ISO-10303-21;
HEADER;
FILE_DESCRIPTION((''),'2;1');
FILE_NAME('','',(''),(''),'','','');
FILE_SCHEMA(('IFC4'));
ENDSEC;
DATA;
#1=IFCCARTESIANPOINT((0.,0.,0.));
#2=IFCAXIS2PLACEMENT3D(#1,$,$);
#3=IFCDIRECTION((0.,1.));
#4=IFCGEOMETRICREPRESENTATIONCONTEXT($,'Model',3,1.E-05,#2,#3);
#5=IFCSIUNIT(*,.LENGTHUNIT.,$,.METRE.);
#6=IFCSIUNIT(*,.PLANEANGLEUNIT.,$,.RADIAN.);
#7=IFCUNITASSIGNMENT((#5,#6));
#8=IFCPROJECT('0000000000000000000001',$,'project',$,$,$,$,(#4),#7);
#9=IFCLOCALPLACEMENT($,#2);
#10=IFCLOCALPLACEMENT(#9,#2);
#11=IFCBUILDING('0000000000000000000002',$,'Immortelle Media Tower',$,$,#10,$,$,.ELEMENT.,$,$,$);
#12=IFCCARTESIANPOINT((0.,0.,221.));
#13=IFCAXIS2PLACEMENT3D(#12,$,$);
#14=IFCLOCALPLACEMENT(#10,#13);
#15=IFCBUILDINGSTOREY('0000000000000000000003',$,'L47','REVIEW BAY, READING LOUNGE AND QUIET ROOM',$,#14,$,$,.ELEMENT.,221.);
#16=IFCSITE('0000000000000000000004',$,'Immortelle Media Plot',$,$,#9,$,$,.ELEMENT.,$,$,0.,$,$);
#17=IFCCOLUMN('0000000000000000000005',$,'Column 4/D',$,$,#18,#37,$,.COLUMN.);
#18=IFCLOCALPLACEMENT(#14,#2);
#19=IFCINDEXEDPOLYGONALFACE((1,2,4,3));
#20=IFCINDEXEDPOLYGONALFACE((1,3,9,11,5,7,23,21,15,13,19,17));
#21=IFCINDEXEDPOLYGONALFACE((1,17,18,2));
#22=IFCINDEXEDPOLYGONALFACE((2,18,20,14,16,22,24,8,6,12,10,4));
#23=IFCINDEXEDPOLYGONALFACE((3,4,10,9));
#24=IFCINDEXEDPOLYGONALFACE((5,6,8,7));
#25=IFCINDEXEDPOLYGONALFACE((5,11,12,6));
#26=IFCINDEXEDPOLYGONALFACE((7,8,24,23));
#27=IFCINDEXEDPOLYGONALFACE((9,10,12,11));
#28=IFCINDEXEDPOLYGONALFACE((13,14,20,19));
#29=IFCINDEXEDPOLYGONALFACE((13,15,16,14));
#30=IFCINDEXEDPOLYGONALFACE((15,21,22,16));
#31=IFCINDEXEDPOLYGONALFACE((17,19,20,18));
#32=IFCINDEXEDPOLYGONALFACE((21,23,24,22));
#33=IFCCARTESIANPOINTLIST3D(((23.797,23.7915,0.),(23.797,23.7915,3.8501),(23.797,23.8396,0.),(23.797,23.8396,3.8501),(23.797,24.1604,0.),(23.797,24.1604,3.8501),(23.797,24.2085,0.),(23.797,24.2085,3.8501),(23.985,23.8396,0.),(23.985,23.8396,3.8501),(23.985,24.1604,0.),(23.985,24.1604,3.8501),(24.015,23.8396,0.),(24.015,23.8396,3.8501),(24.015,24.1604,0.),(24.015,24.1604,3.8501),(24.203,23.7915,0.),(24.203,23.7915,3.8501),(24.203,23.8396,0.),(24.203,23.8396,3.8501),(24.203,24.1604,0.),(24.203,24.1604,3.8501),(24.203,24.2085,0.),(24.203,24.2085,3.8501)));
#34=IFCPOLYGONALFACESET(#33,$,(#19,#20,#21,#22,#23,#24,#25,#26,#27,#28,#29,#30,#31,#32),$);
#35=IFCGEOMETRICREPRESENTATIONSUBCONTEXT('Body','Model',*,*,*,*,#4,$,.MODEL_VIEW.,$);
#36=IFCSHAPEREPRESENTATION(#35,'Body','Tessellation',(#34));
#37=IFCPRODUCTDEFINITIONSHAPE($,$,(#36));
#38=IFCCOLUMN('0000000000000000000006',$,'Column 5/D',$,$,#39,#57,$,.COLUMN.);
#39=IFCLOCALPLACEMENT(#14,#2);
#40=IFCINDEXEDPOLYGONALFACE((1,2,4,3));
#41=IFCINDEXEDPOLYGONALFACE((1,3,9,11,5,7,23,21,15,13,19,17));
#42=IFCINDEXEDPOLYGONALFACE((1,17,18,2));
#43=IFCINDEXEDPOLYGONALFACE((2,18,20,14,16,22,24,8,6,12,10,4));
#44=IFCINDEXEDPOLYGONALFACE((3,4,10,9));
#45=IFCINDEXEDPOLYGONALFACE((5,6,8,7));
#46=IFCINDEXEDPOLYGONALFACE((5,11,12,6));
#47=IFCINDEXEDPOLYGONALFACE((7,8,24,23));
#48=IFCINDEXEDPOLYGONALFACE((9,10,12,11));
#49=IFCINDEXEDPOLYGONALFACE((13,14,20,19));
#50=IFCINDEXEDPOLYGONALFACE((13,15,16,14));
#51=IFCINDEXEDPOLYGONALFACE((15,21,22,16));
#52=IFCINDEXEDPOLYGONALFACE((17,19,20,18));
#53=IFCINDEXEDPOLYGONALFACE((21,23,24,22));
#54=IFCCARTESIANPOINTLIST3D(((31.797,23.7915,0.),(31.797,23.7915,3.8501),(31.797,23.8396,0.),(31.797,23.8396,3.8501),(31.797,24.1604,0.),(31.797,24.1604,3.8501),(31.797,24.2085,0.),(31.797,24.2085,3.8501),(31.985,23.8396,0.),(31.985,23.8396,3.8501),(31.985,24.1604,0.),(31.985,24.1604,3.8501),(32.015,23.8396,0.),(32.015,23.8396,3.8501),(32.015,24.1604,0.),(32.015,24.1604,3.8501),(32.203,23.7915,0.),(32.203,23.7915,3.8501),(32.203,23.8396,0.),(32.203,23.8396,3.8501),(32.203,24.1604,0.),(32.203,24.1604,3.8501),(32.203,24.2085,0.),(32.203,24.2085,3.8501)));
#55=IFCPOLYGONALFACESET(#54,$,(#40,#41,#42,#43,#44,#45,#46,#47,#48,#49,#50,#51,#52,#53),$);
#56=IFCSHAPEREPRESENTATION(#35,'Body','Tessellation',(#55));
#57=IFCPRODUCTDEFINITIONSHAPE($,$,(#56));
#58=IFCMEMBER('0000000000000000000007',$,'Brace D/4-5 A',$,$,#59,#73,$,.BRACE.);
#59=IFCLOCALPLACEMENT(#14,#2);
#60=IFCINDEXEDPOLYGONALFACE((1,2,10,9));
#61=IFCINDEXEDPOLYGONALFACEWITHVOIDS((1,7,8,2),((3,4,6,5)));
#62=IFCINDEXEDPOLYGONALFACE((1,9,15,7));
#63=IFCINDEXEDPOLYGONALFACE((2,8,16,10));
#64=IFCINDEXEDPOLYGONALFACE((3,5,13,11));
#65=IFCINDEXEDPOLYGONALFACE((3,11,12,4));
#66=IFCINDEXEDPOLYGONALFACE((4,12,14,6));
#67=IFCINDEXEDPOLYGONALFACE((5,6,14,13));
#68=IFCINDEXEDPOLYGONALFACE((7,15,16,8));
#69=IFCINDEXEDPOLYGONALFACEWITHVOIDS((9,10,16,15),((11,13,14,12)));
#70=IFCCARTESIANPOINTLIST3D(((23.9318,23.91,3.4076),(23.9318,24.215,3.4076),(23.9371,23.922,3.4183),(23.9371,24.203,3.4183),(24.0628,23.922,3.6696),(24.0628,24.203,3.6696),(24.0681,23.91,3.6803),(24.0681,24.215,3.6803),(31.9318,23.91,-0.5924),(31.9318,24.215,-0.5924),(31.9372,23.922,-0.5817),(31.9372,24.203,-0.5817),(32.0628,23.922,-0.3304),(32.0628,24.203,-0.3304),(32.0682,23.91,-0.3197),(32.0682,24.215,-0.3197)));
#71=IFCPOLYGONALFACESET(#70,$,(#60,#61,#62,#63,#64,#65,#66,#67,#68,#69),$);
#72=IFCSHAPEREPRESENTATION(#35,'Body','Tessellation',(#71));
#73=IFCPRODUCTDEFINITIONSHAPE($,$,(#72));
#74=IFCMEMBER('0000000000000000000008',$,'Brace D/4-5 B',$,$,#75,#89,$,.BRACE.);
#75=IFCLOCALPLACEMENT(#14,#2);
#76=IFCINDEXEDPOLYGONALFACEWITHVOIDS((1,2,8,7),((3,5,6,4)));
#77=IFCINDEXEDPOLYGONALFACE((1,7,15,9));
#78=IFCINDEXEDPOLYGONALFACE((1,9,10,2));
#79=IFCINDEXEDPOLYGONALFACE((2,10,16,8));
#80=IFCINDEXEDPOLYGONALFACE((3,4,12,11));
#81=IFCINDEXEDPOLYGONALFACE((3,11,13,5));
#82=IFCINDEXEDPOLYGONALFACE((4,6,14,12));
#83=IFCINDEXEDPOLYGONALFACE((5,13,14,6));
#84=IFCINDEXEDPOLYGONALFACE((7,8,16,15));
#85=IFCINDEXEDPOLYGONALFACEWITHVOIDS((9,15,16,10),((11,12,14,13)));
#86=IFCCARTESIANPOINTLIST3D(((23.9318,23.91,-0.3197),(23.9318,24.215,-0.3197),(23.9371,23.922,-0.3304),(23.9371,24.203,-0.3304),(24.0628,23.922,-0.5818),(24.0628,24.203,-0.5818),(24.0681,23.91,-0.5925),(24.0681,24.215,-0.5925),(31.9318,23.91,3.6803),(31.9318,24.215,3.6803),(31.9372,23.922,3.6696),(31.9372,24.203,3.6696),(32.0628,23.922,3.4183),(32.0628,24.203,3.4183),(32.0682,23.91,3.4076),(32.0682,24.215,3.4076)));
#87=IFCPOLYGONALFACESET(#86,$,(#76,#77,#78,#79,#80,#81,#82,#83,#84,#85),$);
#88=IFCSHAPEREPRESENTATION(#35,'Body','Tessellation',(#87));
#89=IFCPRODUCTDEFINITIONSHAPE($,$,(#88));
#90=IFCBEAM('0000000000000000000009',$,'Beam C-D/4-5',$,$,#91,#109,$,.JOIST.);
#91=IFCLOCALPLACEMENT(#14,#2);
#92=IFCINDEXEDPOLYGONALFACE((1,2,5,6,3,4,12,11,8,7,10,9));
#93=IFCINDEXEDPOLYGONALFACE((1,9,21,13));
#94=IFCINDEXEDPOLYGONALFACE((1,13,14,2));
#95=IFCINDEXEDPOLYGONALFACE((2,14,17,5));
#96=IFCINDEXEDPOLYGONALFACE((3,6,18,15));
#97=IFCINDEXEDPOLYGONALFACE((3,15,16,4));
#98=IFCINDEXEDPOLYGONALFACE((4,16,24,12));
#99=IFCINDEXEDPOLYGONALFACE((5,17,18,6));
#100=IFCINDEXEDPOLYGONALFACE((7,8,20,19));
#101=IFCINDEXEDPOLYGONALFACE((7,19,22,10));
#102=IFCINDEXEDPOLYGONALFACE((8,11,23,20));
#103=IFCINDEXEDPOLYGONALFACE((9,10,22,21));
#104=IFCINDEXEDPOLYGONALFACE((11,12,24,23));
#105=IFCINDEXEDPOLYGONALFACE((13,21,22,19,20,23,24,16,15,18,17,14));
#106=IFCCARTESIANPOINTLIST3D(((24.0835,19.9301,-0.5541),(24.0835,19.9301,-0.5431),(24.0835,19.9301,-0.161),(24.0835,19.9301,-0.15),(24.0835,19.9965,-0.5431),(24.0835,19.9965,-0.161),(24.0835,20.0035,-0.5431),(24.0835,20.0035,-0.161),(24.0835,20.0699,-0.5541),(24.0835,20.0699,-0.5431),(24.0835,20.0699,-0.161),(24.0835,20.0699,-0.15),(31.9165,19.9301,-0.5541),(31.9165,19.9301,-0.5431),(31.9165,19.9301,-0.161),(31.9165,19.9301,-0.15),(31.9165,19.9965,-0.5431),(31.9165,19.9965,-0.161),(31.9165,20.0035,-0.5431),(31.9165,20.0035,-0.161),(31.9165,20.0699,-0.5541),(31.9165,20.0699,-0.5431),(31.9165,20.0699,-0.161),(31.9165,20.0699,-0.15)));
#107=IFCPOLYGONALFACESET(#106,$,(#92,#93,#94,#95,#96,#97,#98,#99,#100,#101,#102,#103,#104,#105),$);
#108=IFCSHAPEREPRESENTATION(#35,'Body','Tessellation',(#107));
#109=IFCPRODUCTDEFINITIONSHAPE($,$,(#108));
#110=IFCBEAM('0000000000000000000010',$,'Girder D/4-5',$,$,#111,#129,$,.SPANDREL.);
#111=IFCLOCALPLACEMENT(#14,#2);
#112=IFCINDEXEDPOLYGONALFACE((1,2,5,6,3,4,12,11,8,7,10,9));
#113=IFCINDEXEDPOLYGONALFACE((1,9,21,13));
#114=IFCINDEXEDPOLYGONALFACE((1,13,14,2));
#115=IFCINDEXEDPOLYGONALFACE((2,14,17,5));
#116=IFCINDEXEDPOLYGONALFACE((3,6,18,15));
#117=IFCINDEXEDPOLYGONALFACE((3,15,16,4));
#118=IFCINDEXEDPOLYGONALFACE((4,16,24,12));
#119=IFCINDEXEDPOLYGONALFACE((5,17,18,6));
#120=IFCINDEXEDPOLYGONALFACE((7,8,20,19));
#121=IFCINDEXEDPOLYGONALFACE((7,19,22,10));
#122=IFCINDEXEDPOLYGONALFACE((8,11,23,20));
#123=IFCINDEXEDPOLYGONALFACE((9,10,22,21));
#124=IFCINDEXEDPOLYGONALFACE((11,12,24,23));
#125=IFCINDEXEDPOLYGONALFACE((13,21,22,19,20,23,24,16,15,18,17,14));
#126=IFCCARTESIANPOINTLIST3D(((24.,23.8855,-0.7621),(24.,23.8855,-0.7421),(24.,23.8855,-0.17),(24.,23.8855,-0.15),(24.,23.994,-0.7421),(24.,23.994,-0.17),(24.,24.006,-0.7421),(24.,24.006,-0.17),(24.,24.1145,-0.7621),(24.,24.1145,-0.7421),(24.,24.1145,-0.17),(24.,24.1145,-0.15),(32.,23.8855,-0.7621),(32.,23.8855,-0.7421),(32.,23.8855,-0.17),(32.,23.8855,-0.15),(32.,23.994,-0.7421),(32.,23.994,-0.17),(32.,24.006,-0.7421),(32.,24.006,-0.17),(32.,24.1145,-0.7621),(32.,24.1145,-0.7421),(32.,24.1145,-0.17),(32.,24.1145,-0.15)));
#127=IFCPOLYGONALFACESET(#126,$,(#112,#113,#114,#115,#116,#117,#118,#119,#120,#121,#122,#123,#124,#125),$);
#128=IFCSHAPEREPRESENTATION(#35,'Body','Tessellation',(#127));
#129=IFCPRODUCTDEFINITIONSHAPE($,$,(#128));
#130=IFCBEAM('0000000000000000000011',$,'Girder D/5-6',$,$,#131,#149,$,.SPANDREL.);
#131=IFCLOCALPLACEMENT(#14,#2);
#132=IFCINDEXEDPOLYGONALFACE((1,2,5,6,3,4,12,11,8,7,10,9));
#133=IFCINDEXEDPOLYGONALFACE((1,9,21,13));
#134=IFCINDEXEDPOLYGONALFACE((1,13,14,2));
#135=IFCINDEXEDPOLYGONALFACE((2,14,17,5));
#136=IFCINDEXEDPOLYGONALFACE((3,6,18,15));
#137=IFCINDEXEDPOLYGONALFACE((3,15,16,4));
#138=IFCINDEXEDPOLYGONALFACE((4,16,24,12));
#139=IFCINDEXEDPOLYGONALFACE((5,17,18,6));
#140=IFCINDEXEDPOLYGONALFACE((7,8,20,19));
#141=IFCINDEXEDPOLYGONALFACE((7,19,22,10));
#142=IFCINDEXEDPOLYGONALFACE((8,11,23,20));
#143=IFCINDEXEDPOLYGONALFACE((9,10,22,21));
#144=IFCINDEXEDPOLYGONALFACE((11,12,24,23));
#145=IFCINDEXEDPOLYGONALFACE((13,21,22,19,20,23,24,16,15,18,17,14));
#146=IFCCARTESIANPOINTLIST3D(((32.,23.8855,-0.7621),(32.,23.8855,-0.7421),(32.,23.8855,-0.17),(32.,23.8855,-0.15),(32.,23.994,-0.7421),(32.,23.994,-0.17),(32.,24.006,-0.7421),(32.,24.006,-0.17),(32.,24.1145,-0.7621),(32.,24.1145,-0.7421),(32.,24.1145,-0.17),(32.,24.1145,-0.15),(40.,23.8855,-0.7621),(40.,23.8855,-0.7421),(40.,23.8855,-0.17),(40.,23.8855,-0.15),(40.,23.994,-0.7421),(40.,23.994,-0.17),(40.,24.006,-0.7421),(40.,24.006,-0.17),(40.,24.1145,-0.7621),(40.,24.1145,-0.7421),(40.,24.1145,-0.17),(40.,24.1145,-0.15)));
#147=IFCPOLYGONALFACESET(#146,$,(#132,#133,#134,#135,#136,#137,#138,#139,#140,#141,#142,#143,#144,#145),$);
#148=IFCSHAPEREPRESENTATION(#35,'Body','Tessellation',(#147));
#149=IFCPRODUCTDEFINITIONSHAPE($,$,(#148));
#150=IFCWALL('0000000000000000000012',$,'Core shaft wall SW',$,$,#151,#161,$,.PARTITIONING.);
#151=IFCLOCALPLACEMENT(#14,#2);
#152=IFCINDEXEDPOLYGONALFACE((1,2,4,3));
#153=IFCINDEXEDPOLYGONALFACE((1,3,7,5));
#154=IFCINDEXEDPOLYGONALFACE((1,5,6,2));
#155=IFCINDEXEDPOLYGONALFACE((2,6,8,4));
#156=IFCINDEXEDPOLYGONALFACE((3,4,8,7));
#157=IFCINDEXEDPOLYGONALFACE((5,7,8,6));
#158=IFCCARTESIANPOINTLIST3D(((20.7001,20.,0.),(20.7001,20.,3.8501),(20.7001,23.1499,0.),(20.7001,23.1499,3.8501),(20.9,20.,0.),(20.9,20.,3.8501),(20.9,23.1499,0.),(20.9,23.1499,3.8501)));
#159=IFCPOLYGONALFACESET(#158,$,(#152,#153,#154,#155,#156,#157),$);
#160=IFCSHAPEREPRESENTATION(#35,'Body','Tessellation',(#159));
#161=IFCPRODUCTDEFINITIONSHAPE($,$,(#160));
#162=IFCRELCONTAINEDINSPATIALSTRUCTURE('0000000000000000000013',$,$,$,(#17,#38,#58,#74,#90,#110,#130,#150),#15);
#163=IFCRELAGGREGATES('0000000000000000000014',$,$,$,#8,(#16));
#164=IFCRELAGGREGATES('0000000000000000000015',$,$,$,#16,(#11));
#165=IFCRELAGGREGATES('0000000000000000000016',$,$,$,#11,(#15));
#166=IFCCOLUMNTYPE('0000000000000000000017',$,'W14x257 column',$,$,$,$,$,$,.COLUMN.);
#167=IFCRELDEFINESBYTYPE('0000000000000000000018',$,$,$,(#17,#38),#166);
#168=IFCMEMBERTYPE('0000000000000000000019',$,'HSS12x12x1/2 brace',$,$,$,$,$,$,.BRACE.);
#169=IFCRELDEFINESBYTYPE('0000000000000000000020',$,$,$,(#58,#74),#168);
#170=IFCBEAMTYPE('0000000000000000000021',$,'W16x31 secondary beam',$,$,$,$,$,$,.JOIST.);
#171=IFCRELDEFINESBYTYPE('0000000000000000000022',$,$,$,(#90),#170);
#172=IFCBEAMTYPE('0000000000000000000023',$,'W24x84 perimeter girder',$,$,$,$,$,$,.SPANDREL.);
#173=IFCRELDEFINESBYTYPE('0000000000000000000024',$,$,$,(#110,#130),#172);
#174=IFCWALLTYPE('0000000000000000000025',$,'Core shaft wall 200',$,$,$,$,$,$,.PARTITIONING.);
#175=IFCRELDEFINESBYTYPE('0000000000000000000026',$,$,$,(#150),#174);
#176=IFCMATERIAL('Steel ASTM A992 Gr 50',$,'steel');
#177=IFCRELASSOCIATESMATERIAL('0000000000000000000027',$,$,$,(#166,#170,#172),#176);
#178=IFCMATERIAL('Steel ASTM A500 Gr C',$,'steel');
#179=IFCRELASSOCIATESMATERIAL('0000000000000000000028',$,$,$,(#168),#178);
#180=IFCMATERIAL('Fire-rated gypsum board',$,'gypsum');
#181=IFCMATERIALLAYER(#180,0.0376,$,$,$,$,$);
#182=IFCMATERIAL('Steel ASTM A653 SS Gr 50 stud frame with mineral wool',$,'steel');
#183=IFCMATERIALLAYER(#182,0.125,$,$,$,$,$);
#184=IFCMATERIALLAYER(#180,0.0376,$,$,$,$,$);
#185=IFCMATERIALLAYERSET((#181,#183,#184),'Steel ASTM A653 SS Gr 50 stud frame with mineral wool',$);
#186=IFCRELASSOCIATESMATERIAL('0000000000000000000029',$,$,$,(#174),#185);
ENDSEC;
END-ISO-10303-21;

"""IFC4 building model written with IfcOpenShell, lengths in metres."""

from ifc_helpers import new_model, si_unit, direction, frame, frame_2d, origin, origin_2d, place, context, subcontext, project, spatial, rectangle, hollow_rectangle, i_section, extrude, material, layer, layer_set, material_profile, profile_set, type_object, element, save


model = new_model("IFC4")

# Units and contexts
model_context = context("Model", 3, precision=1e-05, world=origin(), true_north=direction((0.0, 1.0)))
body_context = subcontext(model_context, "Body", "Model", "MODEL_VIEW")
ifc_project = project(units=[si_unit("LENGTHUNIT", "METRE"), si_unit("PLANEANGLEUNIT", "RADIAN")], contexts=[model_context])

# Site, building, storey
site_placement = place(None, origin())
site = spatial("IfcSite", under=ifc_project, at=site_placement, Name="Immortelle Media Plot", CompositionType="ELEMENT", RefElevation=0.0)
building_placement = place(site_placement, origin())
building = spatial("IfcBuilding", under=site, at=building_placement, Name="Immortelle Media Tower", CompositionType="ELEMENT")
storey_placement = place(building_placement, frame((0.0, 0.0, 221.0)))
storey = spatial("IfcBuildingStorey", under=building, at=storey_placement, Name="L47", Description="REVIEW BAY, READING LOUNGE AND QUIET ROOM", CompositionType="ELEMENT", Elevation=221.0)

# Columns
ifc_material_1 = material(Name="Steel ASTM A992 Gr 50", Category="steel")
ifc_material_profile_1 = material_profile(ifc_material_1, i_section(OverallWidth=0.406, OverallDepth=0.417, WebThickness=0.03, FlangeThickness=0.0481, at=origin_2d()), Name="W14x257")
ifc_profile_set_1 = profile_set([ifc_material_profile_1], Name="Steel ASTM A992 Gr 50")
column_type = type_object("IfcColumnType", Name="W14x257 column", PredefinedType="COLUMN", material=ifc_profile_set_1)
for number, where, z_axis, x_axis, name in (
    (1, (24.0, 24.0, 0.0), (0.0, 0.0, 1.0), (1.0, 0.0, 0.0), "Column 4/D"),
    (2, (32.0, 24.0, 0.0), (0.0, 0.0, 1.0), (1.0, 0.0, 0.0), "Column 5/D"),
):
    element("IfcColumn", number, at=place(storey_placement, frame(where, z_axis=z_axis, x_axis=x_axis)), inside=storey, type_object=column_type, Name=name, PredefinedType="COLUMN", context=body_context, shape_type="SweptSolid", body=[
        extrude(i_section(OverallWidth=0.406, OverallDepth=0.417, WebThickness=0.03, FlangeThickness=0.0481, at=origin_2d()), origin(), (0.0, 0.0, 1.0), 3.8501),
    ])

# Members
ifc_material_2 = material(Name="Steel ASTM A500 Gr C", Category="steel")
ifc_material_profile_2 = material_profile(ifc_material_2, hollow_rectangle(XDim=0.3049, YDim=0.3049, WallThickness=0.012, at=origin_2d()), Name="HSS12x12x1/2 brace")
ifc_profile_set_2 = profile_set([ifc_material_profile_2], Name="Steel ASTM A500 Gr C")
member_type = type_object("IfcMemberType", Name="HSS12x12x1/2 brace", PredefinedType="BRACE", material=ifc_profile_set_2)
for number, where, z_axis, x_axis, name in (
    (3, (32.0, 24.0625, -0.4561), (-0.894427, 0.0, 0.447214), (0.0, -1.0, 0.0), "Brace D/4-5 A"),
    (4, (32.0, 24.0625, 3.5439), (-0.894427, 0.0, -0.447214), (0.0, -1.0, 0.0), "Brace D/4-5 B"),
):
    element("IfcMember", number, at=place(storey_placement, frame(where, z_axis=z_axis, x_axis=x_axis)), inside=storey, type_object=member_type, Name=name, PredefinedType="BRACE", context=body_context, shape_type="SweptSolid", body=[
        extrude(hollow_rectangle(XDim=0.3049, YDim=0.3049, WallThickness=0.012, at=origin_2d()), origin(), (0.0, 0.0, 1.0), 8.9443),
    ])

# Beams
ifc_material_profile_3 = material_profile(ifc_material_1, i_section(OverallWidth=0.1399, OverallDepth=0.4041, WebThickness=0.0071, FlangeThickness=0.011, at=origin_2d()), Name="W16x31")
ifc_profile_set_3 = profile_set([ifc_material_profile_3], Name="Steel ASTM A992 Gr 50")
beam_type_1 = type_object("IfcBeamType", Name="W16x31 secondary beam", PredefinedType="JOIST", material=ifc_profile_set_3)
beam_placement = place(storey_placement, frame((24.0835, 20.0, -0.3521), z_axis=(1.0, 0.0, 0.0), x_axis=(0.0, 1.0, 0.0)))
element("IfcBeam", 5, at=beam_placement, inside=storey, type_object=beam_type_1, Name="Beam C-D/4-5", PredefinedType="JOIST", context=body_context, shape_type="SweptSolid", body=[
    extrude(i_section(OverallWidth=0.1399, OverallDepth=0.4041, WebThickness=0.0071, FlangeThickness=0.011, at=origin_2d()), origin(), (0.0, 0.0, 1.0), 7.833),
])
ifc_material_profile_4 = material_profile(ifc_material_1, i_section(OverallWidth=0.229, OverallDepth=0.6121, WebThickness=0.012, FlangeThickness=0.02, at=origin_2d()), Name="W24x84")
ifc_profile_set_4 = profile_set([ifc_material_profile_4], Name="Steel ASTM A992 Gr 50")
beam_type_2 = type_object("IfcBeamType", Name="W24x84 perimeter girder", PredefinedType="SPANDREL", material=ifc_profile_set_4)
for number, where, z_axis, x_axis, name in (
    (6, (24.0, 24.0, -0.4561), (1.0, 0.0, 0.0), (0.0, 1.0, 0.0), "Girder D/4-5"),
    (7, (32.0, 24.0, -0.4561), (1.0, 0.0, 0.0), (0.0, 1.0, 0.0), "Girder D/5-6"),
):
    element("IfcBeam", number, at=place(storey_placement, frame(where, z_axis=z_axis, x_axis=x_axis)), inside=storey, type_object=beam_type_2, Name=name, PredefinedType="SPANDREL", context=body_context, shape_type="SweptSolid", body=[
        extrude(i_section(OverallWidth=0.229, OverallDepth=0.6121, WebThickness=0.012, FlangeThickness=0.02, at=origin_2d()), origin(), (0.0, 0.0, 1.0), 8.0),
    ])

# Wall
ifc_material_3 = material(Name="Fire-rated gypsum board", Category="gypsum")
ifc_layer_1 = layer(ifc_material_3, 0.0376)
ifc_material_4 = material(Name="Steel ASTM A653 SS Gr 50 stud frame with mineral wool", Category="steel")
ifc_layer_2 = layer(ifc_material_4, 0.125)
ifc_layer_3 = layer(ifc_material_3, 0.0376)
ifc_layer_set_1 = layer_set([ifc_layer_1, ifc_layer_2, ifc_layer_3], Name="Steel ASTM A653 SS Gr 50 stud frame with mineral wool")
wall_type_1 = type_object("IfcWallType", Name="Core shaft wall 200", PredefinedType="PARTITIONING", material=ifc_layer_set_1)
wall_1_placement = place(storey_placement, frame((20.8, 20.0, 0.0), z_axis=(0.0, 0.0, 1.0), x_axis=(0.0, 1.0, 0.0)))
element("IfcWall", 8, at=wall_1_placement, inside=storey, type_object=wall_type_1, Name="Core shaft wall SW", PredefinedType="PARTITIONING", context=body_context, shape_type="SweptSolid", body=[
    extrude(rectangle(XDim=3.1499, YDim=0.2, at=frame_2d((1.575, 0.0))), origin(), (0.0, 0.0, 1.0), 3.8501),
])

save(model, "model.ifc")
